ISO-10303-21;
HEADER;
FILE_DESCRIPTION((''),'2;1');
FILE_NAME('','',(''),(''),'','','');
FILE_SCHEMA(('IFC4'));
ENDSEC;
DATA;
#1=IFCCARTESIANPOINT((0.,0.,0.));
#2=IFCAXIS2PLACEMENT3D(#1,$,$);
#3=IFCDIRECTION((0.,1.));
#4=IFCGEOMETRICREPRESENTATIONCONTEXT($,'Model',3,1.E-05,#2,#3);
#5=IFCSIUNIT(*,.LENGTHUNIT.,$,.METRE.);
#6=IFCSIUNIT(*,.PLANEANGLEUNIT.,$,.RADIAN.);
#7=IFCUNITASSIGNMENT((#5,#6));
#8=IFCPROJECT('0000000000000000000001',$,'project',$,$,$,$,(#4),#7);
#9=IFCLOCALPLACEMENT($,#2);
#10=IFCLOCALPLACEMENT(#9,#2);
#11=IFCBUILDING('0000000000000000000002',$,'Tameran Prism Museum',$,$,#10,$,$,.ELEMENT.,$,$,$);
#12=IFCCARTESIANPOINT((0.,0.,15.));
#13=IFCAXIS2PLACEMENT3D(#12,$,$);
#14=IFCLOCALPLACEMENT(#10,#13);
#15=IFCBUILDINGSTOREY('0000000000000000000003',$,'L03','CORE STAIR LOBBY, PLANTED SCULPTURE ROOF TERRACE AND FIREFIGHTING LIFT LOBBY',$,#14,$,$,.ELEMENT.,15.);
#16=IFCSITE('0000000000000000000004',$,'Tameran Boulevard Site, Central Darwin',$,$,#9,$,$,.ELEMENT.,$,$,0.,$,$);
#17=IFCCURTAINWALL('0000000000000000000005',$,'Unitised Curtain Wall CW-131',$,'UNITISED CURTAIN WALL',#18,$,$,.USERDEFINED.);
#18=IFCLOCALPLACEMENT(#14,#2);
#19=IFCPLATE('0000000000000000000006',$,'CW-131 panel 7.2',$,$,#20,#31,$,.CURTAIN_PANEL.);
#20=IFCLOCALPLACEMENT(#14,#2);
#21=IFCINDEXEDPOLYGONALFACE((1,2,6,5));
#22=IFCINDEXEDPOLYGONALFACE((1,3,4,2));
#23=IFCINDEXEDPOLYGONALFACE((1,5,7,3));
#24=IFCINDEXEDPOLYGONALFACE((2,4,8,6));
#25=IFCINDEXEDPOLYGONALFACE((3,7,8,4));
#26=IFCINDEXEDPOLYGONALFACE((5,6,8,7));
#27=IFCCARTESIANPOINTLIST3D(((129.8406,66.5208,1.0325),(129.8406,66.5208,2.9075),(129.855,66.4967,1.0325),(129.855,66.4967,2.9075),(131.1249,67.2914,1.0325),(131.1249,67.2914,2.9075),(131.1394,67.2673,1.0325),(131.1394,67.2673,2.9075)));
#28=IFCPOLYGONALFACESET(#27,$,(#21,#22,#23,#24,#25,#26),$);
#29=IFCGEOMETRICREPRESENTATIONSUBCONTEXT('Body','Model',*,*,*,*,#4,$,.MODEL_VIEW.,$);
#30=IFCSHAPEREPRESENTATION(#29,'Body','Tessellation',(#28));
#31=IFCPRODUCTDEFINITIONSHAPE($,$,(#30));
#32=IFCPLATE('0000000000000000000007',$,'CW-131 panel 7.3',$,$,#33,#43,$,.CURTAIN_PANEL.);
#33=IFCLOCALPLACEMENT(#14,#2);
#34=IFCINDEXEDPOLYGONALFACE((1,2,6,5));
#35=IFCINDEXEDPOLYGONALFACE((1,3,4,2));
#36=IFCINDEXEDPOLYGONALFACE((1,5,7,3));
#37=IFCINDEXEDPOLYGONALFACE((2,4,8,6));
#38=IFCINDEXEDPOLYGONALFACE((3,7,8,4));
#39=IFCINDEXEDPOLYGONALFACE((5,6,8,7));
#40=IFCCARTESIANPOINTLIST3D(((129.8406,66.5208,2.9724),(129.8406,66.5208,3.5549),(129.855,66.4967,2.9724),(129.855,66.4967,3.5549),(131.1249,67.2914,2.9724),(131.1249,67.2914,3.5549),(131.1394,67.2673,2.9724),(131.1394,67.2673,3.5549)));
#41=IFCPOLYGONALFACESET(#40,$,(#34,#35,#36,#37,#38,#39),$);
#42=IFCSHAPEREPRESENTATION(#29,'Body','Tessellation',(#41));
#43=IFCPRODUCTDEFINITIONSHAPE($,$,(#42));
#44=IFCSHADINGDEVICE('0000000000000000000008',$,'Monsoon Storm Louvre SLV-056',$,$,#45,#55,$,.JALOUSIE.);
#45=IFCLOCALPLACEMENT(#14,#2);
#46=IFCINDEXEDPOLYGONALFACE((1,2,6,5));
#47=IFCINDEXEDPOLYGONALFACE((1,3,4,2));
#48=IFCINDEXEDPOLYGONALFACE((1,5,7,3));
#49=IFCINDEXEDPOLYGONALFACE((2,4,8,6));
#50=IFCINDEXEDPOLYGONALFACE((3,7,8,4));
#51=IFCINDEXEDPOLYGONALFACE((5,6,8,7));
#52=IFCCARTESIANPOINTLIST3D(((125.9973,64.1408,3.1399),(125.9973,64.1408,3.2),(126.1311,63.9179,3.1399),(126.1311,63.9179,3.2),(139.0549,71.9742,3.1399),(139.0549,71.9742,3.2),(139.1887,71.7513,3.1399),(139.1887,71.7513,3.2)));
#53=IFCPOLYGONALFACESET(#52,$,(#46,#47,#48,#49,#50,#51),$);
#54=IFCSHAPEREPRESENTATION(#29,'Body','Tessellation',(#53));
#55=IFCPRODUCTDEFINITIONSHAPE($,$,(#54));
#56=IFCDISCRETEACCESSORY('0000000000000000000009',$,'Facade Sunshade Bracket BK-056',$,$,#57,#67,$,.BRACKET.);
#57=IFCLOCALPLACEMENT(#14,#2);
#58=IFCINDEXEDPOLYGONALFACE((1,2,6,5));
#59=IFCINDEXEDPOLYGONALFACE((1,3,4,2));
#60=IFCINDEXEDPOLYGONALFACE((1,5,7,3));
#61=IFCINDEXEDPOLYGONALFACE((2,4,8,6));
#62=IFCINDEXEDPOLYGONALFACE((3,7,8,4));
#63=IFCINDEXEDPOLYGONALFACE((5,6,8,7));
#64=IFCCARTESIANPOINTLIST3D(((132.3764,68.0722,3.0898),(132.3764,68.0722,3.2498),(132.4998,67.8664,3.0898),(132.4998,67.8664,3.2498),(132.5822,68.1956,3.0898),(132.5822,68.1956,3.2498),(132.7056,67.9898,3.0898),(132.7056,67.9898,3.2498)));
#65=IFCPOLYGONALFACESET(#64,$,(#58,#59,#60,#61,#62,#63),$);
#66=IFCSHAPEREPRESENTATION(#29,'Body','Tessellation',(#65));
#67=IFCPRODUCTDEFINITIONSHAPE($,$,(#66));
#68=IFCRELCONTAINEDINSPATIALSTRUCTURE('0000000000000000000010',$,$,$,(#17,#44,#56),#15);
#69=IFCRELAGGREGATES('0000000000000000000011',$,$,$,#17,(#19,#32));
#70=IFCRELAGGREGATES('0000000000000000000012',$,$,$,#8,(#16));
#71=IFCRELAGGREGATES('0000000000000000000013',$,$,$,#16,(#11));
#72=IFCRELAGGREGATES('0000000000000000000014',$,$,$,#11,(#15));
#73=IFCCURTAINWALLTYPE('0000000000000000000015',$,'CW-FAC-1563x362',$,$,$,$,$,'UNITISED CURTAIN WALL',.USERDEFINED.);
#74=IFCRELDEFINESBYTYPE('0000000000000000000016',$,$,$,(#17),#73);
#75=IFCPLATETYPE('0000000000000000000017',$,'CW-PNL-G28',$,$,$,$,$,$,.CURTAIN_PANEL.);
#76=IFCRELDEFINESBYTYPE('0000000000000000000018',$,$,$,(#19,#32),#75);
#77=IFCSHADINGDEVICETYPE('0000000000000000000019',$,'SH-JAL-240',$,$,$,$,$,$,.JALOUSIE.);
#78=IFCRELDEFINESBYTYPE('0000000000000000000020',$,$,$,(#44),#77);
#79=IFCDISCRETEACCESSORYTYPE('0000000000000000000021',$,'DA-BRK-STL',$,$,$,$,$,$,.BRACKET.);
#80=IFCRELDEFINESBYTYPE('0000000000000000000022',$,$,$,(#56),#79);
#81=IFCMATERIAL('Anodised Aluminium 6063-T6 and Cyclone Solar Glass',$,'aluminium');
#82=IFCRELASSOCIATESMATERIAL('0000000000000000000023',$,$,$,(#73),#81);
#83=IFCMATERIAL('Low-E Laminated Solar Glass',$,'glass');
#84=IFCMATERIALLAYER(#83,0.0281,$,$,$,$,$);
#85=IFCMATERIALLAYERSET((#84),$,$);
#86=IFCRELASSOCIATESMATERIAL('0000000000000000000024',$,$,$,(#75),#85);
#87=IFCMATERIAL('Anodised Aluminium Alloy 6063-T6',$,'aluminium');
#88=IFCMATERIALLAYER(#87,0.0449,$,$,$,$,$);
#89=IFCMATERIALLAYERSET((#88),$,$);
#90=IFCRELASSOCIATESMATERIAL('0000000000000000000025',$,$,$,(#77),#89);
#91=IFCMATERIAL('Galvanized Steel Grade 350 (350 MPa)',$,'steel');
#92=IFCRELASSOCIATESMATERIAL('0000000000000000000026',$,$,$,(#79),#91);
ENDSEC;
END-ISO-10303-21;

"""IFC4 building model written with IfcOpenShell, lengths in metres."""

from ifc_helpers import new_model, si_unit, direction, frame, origin, origin_2d, place, context, subcontext, project, spatial, rectangle, extrude, material, layer, layer_set, type_object, element, aggregate, save


model = new_model("IFC4")

# Units and contexts
model_context = context("Model", 3, precision=1e-05, world=origin(), true_north=direction((0.0, 1.0)))
body_context = subcontext(model_context, "Body", "Model", "MODEL_VIEW")
ifc_project = project(units=[si_unit("LENGTHUNIT", "METRE"), si_unit("PLANEANGLEUNIT", "RADIAN")], contexts=[model_context])

# Site, building, storey
site_placement = place(None, origin())
site = spatial("IfcSite", under=ifc_project, at=site_placement, Name="Tameran Boulevard Site, Central Darwin", CompositionType="ELEMENT", RefElevation=0.0)
building_placement = place(site_placement, origin())
building = spatial("IfcBuilding", under=site, at=building_placement, Name="Tameran Prism Museum", CompositionType="ELEMENT")
storey_placement = place(building_placement, frame((0.0, 0.0, 15.0)))
storey = spatial("IfcBuildingStorey", under=building, at=storey_placement, Name="L03", Description="CORE STAIR LOBBY, PLANTED SCULPTURE ROOF TERRACE AND FIREFIGHTING LIFT LOBBY", CompositionType="ELEMENT", Elevation=15.0)

# Curtain wall, plates
ifc_material_1 = material(Name="Anodised Aluminium 6063-T6 and Cyclone Solar Glass", Category="aluminium")
curtain_wall_type = type_object("IfcCurtainWallType", Name="CW-FAC-1563x362", ElementType="UNITISED CURTAIN WALL", PredefinedType="USERDEFINED", material=ifc_material_1)
curtain_wall_placement = place(storey_placement, origin())
curtain_wall = element("IfcCurtainWall", 1, at=curtain_wall_placement, inside=storey, type_object=curtain_wall_type, Name="Unitised Curtain Wall CW-131", ObjectType="UNITISED CURTAIN WALL", PredefinedType="USERDEFINED")
ifc_material_2 = material(Name="Low-E Laminated Solar Glass", Category="glass")
ifc_layer_1 = layer(ifc_material_2, 0.0281)
ifc_layer_set_1 = layer_set([ifc_layer_1])
plate_type = type_object("IfcPlateType", Name="CW-PNL-G28", PredefinedType="CURTAIN_PANEL", material=ifc_layer_set_1)
plate_1_placement = place(storey_placement, frame((130.49, 66.894, 1.0325), z_axis=(0.0, 0.0, 1.0), x_axis=(-0.857493, -0.514496, 0.0)))
plate_1 = element("IfcPlate", 2, at=plate_1_placement, type_object=plate_type, Name="CW-131 panel 7.2", PredefinedType="CURTAIN_PANEL", context=body_context, shape_type="SweptSolid", body=[
    extrude(rectangle(XDim=1.4978, YDim=0.0281, at=origin_2d()), origin(), (0.0, 0.0, 1.0), 1.875),
])
plate_2_placement = place(storey_placement, frame((130.49, 66.894, 2.9724), z_axis=(0.0, 0.0, 1.0), x_axis=(-0.857493, -0.514496, 0.0)))
plate_2 = element("IfcPlate", 3, at=plate_2_placement, type_object=plate_type, Name="CW-131 panel 7.3", PredefinedType="CURTAIN_PANEL", context=body_context, shape_type="SweptSolid", body=[
    extrude(rectangle(XDim=1.4978, YDim=0.0281, at=origin_2d()), origin(), (0.0, 0.0, 1.0), 0.5825),
])
aggregate(curtain_wall, [plate_1, plate_2])

# Shading device
ifc_material_3 = material(Name="Anodised Aluminium Alloy 6063-T6", Category="aluminium")
ifc_layer_2 = layer(ifc_material_3, 0.0449)
ifc_layer_set_2 = layer_set([ifc_layer_2])
shading_device_type = type_object("IfcShadingDeviceType", Name="SH-JAL-240", PredefinedType="JALOUSIE", material=ifc_layer_set_2)
shading_device_placement = place(storey_placement, frame((132.593, 67.946, 3.1399), z_axis=(0.0, 0.0, 1.0), x_axis=(-0.857527, -0.51444, 0.0)))
element("IfcShadingDevice", 4, at=shading_device_placement, inside=storey, type_object=shading_device_type, Name="Monsoon Storm Louvre SLV-056", PredefinedType="JALOUSIE", context=body_context, shape_type="SweptSolid", body=[
    extrude(rectangle(XDim=15.2271, YDim=0.26, at=origin_2d()), origin(), (0.0, 0.0, 1.0), 0.0601),
])

# Discrete accessory
ifc_material_4 = material(Name="Galvanized Steel Grade 350 (350 MPa)", Category="steel")
discrete_accessory_type = type_object("IfcDiscreteAccessoryType", Name="DA-BRK-STL", PredefinedType="BRACKET", material=ifc_material_4)
discrete_accessory_placement = place(storey_placement, frame((132.541, 68.031, 3.0898), z_axis=(0.0, 0.0, 1.0), x_axis=(-0.857527, -0.51444, 0.0)))
element("IfcDiscreteAccessory", 5, at=discrete_accessory_placement, inside=storey, type_object=discrete_accessory_type, Name="Facade Sunshade Bracket BK-056", PredefinedType="BRACKET", context=body_context, shape_type="SweptSolid", body=[
    extrude(rectangle(XDim=0.24, YDim=0.24, at=origin_2d()), origin(), (0.0, 0.0, 1.0), 0.1599),
])

save(model, "model.ifc")
